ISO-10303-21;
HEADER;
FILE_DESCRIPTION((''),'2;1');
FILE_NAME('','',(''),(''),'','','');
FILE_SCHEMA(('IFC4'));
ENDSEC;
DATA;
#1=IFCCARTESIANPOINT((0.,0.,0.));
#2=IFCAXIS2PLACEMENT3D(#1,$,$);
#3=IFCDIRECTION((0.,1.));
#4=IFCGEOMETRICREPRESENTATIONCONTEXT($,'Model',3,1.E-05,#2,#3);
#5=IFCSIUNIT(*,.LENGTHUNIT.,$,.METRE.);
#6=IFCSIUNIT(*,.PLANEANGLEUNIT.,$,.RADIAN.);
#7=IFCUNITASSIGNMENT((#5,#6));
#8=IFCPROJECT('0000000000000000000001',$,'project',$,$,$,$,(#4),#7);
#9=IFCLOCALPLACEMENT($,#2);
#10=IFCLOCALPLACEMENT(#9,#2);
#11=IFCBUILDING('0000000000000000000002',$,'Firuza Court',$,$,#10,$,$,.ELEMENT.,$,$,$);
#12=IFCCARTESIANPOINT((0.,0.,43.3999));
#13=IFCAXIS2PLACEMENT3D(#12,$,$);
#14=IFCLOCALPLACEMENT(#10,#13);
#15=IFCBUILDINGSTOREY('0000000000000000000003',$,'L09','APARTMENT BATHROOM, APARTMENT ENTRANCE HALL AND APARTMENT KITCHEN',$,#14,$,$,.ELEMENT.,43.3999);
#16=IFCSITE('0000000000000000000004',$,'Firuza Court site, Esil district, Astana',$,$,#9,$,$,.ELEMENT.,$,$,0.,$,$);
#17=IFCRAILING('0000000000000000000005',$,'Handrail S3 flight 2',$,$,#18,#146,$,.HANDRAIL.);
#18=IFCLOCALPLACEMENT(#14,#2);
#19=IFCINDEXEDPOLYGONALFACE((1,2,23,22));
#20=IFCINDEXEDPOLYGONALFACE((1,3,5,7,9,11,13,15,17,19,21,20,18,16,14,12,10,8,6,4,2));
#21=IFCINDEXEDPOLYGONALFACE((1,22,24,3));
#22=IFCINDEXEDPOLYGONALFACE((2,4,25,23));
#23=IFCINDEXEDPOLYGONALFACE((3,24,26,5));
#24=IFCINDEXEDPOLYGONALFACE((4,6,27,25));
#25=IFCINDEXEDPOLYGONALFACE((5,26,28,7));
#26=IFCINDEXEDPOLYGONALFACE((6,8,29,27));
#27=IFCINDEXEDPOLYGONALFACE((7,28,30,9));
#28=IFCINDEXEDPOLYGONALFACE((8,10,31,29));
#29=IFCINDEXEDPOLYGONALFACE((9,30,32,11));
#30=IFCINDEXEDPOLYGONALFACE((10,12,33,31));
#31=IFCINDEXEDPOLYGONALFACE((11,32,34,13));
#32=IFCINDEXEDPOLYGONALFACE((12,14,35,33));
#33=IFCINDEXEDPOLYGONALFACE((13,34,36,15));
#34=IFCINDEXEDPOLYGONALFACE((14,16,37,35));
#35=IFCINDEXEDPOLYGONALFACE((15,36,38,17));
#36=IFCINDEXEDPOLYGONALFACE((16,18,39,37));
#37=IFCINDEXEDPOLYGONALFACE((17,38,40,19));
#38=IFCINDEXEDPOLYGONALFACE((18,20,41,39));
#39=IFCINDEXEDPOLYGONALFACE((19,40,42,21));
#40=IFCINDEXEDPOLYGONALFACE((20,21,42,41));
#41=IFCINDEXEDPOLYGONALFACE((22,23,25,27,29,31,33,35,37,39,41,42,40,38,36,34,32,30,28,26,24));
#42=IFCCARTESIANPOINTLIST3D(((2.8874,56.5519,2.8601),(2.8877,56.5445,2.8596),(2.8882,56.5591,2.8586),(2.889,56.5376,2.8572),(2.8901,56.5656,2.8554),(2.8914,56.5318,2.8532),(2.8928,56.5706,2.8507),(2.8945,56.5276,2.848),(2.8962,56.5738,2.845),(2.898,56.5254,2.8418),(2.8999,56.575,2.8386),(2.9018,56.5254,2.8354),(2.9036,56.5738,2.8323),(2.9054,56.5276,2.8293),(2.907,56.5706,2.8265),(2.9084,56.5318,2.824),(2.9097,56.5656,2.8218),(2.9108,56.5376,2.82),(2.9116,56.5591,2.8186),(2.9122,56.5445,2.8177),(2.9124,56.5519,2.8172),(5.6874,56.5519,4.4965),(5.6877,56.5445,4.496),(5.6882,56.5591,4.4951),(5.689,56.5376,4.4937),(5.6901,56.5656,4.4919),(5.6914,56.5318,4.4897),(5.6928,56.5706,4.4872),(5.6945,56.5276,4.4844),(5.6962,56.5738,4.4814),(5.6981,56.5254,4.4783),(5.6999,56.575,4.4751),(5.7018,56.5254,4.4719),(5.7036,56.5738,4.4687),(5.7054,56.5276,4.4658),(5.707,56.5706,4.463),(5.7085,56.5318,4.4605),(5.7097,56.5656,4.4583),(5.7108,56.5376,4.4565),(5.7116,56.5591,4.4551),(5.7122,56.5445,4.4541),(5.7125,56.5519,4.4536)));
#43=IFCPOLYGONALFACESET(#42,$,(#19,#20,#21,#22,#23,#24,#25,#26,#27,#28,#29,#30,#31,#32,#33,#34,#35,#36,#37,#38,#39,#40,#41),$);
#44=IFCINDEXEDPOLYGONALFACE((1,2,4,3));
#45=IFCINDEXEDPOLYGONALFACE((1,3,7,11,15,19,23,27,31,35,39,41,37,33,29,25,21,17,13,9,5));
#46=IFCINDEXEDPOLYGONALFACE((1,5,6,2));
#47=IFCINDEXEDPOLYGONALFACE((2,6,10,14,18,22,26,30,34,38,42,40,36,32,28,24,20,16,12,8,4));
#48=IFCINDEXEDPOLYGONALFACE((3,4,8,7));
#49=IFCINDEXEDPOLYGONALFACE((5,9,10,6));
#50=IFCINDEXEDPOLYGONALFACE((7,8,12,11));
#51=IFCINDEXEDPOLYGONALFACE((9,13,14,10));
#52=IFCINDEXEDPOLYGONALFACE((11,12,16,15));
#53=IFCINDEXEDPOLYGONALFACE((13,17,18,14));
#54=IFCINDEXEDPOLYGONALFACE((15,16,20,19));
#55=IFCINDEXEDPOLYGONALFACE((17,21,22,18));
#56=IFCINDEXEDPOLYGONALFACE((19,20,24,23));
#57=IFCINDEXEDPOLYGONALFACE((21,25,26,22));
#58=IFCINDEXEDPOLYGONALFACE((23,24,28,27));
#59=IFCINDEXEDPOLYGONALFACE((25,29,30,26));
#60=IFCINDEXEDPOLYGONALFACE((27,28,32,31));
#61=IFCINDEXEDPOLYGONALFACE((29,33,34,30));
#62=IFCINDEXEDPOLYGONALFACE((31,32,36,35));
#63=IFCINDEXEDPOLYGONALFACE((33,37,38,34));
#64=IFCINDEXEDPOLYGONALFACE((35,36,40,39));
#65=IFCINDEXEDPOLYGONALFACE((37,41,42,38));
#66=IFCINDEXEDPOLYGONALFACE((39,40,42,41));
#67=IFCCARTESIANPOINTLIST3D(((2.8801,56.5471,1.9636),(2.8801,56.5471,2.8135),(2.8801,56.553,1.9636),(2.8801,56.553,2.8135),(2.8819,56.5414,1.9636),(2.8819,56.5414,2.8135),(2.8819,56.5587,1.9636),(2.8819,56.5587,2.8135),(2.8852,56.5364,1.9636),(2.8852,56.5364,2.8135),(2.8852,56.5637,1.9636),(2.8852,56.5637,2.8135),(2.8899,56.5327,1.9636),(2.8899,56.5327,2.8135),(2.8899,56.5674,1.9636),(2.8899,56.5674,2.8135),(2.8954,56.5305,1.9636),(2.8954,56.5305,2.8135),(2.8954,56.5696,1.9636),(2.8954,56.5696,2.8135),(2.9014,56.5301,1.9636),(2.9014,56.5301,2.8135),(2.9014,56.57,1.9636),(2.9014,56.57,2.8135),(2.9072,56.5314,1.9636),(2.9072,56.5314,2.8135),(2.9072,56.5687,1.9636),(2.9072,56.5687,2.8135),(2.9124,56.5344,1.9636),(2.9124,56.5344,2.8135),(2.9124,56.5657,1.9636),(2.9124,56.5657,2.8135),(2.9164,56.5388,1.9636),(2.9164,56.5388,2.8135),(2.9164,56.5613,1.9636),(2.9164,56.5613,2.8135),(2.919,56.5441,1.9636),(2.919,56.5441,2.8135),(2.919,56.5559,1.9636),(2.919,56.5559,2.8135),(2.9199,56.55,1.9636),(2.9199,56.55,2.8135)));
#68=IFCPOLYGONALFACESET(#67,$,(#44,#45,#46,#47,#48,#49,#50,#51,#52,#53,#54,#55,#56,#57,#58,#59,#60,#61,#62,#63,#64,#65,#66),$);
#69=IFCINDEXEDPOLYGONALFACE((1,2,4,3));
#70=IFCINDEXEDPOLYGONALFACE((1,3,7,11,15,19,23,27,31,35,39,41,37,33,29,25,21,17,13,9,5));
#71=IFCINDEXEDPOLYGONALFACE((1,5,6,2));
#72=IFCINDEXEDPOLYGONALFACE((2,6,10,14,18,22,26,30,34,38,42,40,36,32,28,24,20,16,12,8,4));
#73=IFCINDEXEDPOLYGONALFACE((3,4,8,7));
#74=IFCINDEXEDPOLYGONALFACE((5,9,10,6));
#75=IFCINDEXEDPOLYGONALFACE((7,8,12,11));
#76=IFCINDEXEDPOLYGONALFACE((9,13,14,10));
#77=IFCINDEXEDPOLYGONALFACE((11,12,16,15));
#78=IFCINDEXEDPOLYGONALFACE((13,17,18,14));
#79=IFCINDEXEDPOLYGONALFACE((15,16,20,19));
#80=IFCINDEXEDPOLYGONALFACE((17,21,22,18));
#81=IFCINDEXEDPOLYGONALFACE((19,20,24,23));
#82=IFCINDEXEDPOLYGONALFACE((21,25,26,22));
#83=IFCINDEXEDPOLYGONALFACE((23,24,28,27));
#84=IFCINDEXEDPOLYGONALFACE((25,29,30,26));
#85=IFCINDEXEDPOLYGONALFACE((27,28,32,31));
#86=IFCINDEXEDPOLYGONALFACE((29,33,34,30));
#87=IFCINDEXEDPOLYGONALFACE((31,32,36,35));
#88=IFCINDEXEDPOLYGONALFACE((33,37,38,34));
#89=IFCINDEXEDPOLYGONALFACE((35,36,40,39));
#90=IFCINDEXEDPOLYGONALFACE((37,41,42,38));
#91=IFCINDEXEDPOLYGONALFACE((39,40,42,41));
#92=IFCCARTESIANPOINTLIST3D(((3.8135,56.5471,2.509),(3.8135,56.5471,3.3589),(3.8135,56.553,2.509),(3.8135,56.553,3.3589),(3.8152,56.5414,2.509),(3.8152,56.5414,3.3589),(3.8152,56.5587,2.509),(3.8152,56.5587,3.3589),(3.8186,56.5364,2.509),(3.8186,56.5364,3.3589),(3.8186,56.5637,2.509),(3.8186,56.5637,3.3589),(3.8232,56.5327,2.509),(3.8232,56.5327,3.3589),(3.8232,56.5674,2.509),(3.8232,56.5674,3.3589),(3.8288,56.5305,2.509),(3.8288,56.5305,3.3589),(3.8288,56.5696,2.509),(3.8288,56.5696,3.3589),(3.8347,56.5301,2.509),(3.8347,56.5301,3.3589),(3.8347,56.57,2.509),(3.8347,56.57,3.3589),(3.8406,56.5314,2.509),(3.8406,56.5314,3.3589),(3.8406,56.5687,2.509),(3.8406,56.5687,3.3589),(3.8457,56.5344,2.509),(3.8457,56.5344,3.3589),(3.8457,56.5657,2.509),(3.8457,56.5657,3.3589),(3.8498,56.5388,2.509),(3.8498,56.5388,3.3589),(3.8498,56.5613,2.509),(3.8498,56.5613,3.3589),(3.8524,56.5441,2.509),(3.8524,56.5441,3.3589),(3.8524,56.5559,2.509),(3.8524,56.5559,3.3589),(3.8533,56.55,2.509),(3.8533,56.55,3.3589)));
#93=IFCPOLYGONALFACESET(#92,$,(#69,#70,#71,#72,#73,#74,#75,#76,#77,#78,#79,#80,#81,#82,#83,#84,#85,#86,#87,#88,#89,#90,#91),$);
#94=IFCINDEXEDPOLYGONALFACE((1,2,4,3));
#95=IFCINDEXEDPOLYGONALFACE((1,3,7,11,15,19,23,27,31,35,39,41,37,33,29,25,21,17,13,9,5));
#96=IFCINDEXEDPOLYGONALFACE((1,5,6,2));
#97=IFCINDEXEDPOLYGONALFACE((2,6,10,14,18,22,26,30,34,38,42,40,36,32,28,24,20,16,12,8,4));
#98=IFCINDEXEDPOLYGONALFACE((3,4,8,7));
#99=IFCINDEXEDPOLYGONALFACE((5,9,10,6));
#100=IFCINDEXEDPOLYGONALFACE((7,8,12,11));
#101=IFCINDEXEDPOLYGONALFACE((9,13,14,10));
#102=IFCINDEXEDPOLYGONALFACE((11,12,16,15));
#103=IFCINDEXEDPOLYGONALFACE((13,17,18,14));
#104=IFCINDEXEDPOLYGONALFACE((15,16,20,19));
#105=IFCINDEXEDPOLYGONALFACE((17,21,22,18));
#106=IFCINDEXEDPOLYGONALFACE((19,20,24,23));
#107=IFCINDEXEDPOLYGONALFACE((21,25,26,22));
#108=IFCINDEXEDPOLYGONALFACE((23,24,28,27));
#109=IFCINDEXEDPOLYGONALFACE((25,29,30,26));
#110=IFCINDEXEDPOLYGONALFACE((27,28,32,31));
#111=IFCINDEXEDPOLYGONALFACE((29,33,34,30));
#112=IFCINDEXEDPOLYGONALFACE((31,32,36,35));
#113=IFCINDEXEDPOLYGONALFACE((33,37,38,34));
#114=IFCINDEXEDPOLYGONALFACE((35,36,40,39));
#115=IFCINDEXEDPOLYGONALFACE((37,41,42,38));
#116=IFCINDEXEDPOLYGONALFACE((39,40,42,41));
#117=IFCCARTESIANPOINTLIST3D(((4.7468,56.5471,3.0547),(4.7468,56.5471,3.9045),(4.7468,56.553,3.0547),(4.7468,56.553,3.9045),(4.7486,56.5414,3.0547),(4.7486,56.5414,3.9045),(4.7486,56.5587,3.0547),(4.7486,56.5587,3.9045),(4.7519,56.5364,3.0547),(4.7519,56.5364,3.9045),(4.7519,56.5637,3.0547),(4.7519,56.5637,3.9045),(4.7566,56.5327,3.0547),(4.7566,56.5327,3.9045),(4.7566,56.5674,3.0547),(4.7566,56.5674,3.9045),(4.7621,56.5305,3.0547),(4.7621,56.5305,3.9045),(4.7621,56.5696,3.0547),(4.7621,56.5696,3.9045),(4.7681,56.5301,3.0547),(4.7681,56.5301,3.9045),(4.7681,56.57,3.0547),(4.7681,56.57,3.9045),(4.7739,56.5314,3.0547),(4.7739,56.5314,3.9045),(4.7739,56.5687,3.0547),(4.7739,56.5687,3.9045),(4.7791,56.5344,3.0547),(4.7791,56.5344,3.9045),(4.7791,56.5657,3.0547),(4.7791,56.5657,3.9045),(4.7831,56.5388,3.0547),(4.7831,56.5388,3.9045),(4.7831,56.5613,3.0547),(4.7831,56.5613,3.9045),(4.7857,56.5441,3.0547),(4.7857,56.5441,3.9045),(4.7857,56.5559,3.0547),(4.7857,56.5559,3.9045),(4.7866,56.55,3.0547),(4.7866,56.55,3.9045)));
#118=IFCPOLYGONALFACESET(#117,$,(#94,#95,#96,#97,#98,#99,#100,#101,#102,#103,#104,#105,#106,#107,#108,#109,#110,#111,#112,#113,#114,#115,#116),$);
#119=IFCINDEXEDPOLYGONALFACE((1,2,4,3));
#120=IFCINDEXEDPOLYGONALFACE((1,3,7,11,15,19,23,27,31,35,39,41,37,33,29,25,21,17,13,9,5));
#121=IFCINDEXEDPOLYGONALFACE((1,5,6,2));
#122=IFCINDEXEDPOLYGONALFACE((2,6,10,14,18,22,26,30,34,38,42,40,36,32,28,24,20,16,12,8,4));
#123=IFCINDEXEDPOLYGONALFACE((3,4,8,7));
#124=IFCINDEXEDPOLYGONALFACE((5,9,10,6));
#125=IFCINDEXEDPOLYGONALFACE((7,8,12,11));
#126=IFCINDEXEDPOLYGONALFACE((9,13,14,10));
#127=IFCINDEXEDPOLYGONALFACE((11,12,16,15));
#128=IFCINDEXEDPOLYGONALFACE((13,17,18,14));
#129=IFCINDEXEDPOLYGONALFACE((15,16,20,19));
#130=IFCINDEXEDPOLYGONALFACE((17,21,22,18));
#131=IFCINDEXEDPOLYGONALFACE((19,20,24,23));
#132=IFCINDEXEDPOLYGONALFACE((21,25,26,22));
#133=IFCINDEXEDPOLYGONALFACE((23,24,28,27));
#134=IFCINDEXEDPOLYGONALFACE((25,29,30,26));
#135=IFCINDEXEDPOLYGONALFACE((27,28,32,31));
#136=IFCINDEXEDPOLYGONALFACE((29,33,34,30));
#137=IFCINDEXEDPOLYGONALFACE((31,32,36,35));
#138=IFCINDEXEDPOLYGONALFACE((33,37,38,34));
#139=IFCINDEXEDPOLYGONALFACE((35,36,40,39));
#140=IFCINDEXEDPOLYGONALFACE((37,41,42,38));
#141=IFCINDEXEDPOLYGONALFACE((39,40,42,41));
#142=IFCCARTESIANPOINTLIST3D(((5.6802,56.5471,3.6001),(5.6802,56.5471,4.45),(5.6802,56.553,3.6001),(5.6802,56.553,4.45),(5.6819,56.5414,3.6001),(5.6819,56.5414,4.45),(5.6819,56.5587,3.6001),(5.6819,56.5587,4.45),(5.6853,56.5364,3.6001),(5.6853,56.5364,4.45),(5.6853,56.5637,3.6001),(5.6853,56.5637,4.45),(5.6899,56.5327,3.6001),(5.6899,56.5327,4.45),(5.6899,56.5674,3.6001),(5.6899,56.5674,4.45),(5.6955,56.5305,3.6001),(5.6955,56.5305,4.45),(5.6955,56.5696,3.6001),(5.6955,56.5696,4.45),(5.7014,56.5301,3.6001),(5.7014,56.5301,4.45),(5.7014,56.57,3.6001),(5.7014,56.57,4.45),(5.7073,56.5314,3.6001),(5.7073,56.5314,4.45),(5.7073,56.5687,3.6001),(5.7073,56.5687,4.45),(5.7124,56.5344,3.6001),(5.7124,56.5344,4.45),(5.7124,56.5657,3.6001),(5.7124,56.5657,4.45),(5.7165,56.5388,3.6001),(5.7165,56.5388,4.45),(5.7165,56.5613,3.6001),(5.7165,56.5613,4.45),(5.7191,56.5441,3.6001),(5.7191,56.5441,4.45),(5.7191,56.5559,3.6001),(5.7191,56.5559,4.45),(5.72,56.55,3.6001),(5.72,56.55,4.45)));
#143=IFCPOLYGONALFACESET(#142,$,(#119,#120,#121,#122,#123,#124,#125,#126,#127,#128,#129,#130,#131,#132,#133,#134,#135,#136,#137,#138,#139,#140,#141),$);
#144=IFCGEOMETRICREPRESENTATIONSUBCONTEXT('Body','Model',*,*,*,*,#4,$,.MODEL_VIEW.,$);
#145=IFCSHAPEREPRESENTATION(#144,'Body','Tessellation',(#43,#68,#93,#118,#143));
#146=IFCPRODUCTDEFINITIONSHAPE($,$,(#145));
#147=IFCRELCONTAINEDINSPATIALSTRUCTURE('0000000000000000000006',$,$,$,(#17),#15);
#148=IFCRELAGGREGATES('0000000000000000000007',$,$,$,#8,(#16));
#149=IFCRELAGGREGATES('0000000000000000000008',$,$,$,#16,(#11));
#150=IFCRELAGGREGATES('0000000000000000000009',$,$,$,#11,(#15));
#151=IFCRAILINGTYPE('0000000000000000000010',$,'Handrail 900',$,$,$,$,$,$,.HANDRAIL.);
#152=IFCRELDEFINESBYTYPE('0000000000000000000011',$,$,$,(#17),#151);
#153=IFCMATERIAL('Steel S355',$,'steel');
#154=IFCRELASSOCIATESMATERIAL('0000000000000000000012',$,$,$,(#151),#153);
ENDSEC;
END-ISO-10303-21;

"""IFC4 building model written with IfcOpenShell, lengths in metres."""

from ifc_helpers import new_model, si_unit, direction, frame, origin, origin_2d, place, context, subcontext, project, spatial, circle, extrude, material, type_object, element, save


model = new_model("IFC4")

# Units and contexts
model_context = context("Model", 3, precision=1e-05, world=origin(), true_north=direction((0.0, 1.0)))
body_context = subcontext(model_context, "Body", "Model", "MODEL_VIEW")
ifc_project = project(units=[si_unit("LENGTHUNIT", "METRE"), si_unit("PLANEANGLEUNIT", "RADIAN")], contexts=[model_context])

# Site, building, storey
site_placement = place(None, origin())
site = spatial("IfcSite", under=ifc_project, at=site_placement, Name="Firuza Court site, Esil district, Astana", CompositionType="ELEMENT", RefElevation=0.0)
building_placement = place(site_placement, origin())
building = spatial("IfcBuilding", under=site, at=building_placement, Name="Firuza Court", CompositionType="ELEMENT")
storey_placement = place(building_placement, frame((0.0, 0.0, 43.3999)))
storey = spatial("IfcBuildingStorey", under=building, at=storey_placement, Name="L09", Description="APARTMENT BATHROOM, APARTMENT ENTRANCE HALL AND APARTMENT KITCHEN", CompositionType="ELEMENT", Elevation=43.3999)

# Railing
ifc_material_1 = material(Name="Steel S355", Category="steel")
railing_type_1 = type_object("IfcRailingType", Name="Handrail 900", PredefinedType="HANDRAIL", material=ifc_material_1)
railing_1_placement = place(storey_placement, frame((2.8999, 56.55, 1.9636)))
element("IfcRailing", 1, at=railing_1_placement, inside=storey, type_object=railing_type_1, Name="Handrail S3 flight 2", PredefinedType="HANDRAIL", context=body_context, shape_type="SweptSolid", body=[
    extrude(circle(Radius=0.0249, at=origin_2d()), frame((0.0, 0.0, 0.875), z_axis=(0.863361, 0.0, 0.504587), x_axis=(0.0, 1.0, 0.0)), (0.0, 0.0, 1.0), 3.2432),
    extrude(circle(Radius=0.02, at=origin_2d()), origin(), (0.0, 0.0, 1.0), 0.8499),
    extrude(circle(Radius=0.02, at=origin_2d()), frame((0.9333, 0.0, 0.5454)), (0.0, 0.0, 1.0), 0.8499),
    extrude(circle(Radius=0.02, at=origin_2d()), frame((1.8667, 0.0, 1.0911)), (0.0, 0.0, 1.0), 0.8499),
    extrude(circle(Radius=0.02, at=origin_2d()), frame((2.8, 0.0, 1.6365)), (0.0, 0.0, 1.0), 0.8499),
])

save(model, "model.ifc")
